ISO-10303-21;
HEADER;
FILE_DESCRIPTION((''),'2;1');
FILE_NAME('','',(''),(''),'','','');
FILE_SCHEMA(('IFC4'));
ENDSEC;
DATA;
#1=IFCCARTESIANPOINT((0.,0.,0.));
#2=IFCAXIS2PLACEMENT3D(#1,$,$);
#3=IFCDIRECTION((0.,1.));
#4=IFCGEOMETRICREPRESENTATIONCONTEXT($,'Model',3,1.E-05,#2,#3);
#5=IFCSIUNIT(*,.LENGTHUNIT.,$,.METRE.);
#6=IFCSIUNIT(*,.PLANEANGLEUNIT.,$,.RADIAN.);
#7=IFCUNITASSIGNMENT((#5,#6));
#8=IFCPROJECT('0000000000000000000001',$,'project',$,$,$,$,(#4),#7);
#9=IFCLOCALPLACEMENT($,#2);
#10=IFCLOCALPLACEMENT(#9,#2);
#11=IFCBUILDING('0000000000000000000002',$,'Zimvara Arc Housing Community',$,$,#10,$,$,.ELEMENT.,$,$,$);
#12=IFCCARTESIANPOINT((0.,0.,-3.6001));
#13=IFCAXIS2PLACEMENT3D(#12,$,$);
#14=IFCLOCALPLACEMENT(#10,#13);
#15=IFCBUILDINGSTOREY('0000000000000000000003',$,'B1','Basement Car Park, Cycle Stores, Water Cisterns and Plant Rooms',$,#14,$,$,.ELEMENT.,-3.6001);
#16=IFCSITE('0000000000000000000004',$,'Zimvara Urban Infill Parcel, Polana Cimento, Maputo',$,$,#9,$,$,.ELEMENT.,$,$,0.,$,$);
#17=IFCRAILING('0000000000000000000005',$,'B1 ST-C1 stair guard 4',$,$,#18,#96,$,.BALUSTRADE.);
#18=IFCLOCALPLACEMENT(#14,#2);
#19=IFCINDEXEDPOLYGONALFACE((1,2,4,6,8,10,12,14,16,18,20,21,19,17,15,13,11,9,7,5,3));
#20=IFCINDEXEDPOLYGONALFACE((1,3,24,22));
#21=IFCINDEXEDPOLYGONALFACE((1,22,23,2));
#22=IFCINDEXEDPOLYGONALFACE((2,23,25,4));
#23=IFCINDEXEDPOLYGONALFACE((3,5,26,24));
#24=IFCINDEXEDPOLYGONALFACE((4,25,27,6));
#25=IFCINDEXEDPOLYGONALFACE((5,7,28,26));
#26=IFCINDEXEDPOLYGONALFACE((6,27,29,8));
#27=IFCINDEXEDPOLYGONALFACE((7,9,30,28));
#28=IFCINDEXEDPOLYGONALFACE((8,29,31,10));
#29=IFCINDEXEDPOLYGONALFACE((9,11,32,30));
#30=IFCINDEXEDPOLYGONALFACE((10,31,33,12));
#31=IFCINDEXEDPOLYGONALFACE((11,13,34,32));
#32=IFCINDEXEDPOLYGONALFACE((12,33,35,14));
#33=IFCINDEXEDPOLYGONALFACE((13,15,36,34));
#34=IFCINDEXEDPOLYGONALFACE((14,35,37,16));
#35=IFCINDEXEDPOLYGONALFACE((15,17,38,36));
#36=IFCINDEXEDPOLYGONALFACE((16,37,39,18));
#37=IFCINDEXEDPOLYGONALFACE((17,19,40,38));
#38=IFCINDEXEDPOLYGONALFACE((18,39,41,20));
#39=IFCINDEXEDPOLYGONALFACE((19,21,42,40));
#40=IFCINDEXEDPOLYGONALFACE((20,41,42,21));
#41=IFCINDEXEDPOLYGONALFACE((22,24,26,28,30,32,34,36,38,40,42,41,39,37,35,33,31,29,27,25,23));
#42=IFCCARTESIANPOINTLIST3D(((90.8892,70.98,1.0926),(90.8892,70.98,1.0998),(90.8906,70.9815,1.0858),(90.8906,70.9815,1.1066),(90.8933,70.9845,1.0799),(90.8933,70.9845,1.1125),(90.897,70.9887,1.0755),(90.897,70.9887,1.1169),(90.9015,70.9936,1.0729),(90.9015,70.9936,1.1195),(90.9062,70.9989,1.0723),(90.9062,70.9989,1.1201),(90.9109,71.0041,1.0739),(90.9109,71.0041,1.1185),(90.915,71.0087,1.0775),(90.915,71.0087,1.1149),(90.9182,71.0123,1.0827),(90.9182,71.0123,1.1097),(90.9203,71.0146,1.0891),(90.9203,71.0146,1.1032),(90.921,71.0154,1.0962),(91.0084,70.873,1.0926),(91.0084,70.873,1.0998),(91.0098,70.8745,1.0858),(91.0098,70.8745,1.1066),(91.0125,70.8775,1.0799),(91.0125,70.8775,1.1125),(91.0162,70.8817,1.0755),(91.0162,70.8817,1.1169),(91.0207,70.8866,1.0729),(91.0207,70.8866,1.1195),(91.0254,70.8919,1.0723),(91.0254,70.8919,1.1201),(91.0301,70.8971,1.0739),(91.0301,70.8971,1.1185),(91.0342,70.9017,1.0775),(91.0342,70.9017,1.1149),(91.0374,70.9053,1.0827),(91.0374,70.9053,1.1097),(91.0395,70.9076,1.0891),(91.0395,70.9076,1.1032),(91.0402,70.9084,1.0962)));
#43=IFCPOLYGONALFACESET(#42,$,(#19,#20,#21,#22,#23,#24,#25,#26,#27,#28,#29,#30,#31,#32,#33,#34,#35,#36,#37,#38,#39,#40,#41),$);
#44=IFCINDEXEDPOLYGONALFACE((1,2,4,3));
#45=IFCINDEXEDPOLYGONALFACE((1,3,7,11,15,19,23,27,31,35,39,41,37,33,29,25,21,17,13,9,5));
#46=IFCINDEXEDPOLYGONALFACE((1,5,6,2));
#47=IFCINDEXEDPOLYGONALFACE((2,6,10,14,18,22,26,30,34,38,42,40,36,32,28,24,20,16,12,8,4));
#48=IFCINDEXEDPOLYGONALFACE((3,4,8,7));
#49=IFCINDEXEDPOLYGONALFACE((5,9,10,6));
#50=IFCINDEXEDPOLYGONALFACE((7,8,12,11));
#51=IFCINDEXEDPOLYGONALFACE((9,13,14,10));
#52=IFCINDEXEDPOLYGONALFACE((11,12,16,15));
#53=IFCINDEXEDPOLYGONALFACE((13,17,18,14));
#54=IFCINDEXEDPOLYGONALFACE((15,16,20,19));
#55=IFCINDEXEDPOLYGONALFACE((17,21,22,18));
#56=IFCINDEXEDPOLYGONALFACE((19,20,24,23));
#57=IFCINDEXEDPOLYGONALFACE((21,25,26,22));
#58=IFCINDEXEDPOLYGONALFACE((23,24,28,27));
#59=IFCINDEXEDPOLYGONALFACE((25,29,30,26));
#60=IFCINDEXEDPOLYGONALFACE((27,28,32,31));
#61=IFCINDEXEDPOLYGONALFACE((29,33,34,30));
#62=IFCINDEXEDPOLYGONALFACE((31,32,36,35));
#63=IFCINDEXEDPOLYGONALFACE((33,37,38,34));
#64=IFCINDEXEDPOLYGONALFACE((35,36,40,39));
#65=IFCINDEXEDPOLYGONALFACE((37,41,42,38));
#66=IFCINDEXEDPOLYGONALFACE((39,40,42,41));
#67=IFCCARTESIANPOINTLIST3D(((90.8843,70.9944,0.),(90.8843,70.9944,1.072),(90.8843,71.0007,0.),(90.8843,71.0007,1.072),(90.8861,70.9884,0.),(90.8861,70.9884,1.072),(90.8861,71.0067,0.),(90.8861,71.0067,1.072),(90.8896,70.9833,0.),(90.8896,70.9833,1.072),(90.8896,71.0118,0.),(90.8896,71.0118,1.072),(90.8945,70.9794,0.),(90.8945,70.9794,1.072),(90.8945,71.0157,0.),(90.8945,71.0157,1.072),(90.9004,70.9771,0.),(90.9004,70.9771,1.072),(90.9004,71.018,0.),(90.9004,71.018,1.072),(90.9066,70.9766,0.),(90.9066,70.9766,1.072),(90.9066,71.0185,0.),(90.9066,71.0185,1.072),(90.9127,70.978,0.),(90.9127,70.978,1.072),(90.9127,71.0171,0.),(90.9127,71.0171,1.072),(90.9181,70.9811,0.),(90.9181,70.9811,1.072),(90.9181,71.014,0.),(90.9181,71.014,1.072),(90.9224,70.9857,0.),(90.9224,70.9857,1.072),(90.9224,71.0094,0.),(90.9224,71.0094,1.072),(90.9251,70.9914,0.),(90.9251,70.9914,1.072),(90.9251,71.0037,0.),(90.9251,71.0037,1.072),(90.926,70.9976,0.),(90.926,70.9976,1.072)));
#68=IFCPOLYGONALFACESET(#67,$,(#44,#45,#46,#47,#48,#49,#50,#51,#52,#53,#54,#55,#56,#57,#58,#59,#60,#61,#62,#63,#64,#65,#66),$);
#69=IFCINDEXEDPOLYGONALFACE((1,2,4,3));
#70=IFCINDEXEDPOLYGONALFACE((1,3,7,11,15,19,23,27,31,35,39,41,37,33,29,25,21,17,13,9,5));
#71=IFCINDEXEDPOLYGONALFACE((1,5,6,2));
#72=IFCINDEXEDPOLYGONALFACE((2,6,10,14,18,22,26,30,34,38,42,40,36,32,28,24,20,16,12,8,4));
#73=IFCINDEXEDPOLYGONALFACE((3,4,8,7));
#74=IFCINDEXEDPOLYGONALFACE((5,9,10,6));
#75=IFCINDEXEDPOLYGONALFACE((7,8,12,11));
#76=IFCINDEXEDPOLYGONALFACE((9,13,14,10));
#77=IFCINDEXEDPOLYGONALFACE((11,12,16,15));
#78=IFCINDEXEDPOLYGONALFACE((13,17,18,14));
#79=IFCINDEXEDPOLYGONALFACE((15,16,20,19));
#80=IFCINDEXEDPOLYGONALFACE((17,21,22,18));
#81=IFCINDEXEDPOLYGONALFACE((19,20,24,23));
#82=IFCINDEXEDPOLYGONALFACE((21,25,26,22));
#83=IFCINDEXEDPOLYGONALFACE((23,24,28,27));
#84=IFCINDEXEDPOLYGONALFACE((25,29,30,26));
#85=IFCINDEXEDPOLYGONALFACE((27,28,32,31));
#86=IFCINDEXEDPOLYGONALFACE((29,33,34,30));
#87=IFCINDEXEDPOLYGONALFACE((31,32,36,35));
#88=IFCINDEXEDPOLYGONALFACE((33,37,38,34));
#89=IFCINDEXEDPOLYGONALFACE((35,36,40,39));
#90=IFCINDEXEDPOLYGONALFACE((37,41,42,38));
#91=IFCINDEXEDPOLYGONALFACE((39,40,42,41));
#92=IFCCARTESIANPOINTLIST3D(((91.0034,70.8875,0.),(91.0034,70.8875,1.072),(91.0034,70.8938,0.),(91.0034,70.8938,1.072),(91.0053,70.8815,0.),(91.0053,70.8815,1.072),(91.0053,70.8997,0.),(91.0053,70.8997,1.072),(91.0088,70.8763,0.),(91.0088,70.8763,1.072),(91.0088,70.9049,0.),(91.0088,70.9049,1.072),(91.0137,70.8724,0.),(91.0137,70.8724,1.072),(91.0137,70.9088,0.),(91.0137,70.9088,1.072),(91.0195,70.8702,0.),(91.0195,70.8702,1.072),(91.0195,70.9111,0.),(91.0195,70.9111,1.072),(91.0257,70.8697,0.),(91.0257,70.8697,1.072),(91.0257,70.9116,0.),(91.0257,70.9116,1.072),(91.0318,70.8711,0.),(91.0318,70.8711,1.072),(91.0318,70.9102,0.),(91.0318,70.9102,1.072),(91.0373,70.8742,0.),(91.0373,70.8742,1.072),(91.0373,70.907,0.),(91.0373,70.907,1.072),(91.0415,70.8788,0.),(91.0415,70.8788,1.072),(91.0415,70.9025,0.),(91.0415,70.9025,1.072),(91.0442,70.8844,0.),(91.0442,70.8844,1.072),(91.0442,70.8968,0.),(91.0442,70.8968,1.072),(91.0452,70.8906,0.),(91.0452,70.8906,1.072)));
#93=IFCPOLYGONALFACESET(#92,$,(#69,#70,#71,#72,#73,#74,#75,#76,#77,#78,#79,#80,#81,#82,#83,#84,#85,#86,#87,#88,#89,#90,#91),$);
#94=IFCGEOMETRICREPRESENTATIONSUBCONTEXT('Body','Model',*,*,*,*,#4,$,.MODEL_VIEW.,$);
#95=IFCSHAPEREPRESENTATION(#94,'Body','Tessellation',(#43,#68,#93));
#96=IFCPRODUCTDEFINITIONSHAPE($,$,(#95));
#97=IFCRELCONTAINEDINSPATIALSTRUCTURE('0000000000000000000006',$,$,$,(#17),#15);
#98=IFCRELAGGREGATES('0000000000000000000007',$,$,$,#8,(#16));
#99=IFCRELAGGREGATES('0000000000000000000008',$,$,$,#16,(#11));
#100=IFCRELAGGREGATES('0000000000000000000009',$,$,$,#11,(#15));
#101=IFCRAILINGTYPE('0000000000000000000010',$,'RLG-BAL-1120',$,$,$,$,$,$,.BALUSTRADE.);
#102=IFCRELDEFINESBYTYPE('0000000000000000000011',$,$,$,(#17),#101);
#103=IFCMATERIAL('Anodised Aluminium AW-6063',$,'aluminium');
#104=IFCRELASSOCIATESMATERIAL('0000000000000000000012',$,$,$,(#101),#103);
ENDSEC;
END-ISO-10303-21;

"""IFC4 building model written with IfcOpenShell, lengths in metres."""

from ifc_helpers import new_model, si_unit, direction, frame, origin, origin_2d, place, context, subcontext, project, spatial, circle, extrude, material, type_object, element, save


model = new_model("IFC4")

# Units and contexts
model_context = context("Model", 3, precision=1e-05, world=origin(), true_north=direction((0.0, 1.0)))
body_context = subcontext(model_context, "Body", "Model", "MODEL_VIEW")
ifc_project = project(units=[si_unit("LENGTHUNIT", "METRE"), si_unit("PLANEANGLEUNIT", "RADIAN")], contexts=[model_context])

# Site, building, storey
site_placement = place(None, origin())
site = spatial("IfcSite", under=ifc_project, at=site_placement, Name="Zimvara Urban Infill Parcel, Polana Cimento, Maputo", CompositionType="ELEMENT", RefElevation=0.0)
building_placement = place(site_placement, origin())
building = spatial("IfcBuilding", under=site, at=building_placement, Name="Zimvara Arc Housing Community", CompositionType="ELEMENT")
storey_placement = place(building_placement, frame((0.0, 0.0, -3.6001)))
storey = spatial("IfcBuildingStorey", under=building, at=storey_placement, Name="B1", Description="Basement Car Park, Cycle Stores, Water Cisterns and Plant Rooms", CompositionType="ELEMENT", Elevation=-3.6001)

# Railing
ifc_material_1 = material(Name="Anodised Aluminium AW-6063", Category="aluminium")
railing_type_1 = type_object("IfcRailingType", Name="RLG-BAL-1120", PredefinedType="BALUSTRADE", material=ifc_material_1)
railing_1_placement = place(storey_placement, frame((90.905, 70.9976, 0.0)))
element("IfcRailing", 1, at=railing_1_placement, inside=storey, type_object=railing_type_1, Name="B1 ST-C1 stair guard 4", PredefinedType="BALUSTRADE", context=body_context, shape_type="SweptSolid", body=[
    extrude(circle(Radius=0.0239, at=origin_2d()), frame((0.0, 0.0, 1.0962), z_axis=(0.744203, -0.667953, 0.0), x_axis=(0.667953, 0.744203, 0.0)), (0.0, 0.0, 1.0), 0.1602),
    extrude(circle(Radius=0.021, at=origin_2d()), origin(), (0.0, 0.0, 1.0), 1.072),
    extrude(circle(Radius=0.021, at=origin_2d()), frame((0.1191, -0.1069, 0.0)), (0.0, 0.0, 1.0), 1.072),
])

save(model, "model.ifc")
